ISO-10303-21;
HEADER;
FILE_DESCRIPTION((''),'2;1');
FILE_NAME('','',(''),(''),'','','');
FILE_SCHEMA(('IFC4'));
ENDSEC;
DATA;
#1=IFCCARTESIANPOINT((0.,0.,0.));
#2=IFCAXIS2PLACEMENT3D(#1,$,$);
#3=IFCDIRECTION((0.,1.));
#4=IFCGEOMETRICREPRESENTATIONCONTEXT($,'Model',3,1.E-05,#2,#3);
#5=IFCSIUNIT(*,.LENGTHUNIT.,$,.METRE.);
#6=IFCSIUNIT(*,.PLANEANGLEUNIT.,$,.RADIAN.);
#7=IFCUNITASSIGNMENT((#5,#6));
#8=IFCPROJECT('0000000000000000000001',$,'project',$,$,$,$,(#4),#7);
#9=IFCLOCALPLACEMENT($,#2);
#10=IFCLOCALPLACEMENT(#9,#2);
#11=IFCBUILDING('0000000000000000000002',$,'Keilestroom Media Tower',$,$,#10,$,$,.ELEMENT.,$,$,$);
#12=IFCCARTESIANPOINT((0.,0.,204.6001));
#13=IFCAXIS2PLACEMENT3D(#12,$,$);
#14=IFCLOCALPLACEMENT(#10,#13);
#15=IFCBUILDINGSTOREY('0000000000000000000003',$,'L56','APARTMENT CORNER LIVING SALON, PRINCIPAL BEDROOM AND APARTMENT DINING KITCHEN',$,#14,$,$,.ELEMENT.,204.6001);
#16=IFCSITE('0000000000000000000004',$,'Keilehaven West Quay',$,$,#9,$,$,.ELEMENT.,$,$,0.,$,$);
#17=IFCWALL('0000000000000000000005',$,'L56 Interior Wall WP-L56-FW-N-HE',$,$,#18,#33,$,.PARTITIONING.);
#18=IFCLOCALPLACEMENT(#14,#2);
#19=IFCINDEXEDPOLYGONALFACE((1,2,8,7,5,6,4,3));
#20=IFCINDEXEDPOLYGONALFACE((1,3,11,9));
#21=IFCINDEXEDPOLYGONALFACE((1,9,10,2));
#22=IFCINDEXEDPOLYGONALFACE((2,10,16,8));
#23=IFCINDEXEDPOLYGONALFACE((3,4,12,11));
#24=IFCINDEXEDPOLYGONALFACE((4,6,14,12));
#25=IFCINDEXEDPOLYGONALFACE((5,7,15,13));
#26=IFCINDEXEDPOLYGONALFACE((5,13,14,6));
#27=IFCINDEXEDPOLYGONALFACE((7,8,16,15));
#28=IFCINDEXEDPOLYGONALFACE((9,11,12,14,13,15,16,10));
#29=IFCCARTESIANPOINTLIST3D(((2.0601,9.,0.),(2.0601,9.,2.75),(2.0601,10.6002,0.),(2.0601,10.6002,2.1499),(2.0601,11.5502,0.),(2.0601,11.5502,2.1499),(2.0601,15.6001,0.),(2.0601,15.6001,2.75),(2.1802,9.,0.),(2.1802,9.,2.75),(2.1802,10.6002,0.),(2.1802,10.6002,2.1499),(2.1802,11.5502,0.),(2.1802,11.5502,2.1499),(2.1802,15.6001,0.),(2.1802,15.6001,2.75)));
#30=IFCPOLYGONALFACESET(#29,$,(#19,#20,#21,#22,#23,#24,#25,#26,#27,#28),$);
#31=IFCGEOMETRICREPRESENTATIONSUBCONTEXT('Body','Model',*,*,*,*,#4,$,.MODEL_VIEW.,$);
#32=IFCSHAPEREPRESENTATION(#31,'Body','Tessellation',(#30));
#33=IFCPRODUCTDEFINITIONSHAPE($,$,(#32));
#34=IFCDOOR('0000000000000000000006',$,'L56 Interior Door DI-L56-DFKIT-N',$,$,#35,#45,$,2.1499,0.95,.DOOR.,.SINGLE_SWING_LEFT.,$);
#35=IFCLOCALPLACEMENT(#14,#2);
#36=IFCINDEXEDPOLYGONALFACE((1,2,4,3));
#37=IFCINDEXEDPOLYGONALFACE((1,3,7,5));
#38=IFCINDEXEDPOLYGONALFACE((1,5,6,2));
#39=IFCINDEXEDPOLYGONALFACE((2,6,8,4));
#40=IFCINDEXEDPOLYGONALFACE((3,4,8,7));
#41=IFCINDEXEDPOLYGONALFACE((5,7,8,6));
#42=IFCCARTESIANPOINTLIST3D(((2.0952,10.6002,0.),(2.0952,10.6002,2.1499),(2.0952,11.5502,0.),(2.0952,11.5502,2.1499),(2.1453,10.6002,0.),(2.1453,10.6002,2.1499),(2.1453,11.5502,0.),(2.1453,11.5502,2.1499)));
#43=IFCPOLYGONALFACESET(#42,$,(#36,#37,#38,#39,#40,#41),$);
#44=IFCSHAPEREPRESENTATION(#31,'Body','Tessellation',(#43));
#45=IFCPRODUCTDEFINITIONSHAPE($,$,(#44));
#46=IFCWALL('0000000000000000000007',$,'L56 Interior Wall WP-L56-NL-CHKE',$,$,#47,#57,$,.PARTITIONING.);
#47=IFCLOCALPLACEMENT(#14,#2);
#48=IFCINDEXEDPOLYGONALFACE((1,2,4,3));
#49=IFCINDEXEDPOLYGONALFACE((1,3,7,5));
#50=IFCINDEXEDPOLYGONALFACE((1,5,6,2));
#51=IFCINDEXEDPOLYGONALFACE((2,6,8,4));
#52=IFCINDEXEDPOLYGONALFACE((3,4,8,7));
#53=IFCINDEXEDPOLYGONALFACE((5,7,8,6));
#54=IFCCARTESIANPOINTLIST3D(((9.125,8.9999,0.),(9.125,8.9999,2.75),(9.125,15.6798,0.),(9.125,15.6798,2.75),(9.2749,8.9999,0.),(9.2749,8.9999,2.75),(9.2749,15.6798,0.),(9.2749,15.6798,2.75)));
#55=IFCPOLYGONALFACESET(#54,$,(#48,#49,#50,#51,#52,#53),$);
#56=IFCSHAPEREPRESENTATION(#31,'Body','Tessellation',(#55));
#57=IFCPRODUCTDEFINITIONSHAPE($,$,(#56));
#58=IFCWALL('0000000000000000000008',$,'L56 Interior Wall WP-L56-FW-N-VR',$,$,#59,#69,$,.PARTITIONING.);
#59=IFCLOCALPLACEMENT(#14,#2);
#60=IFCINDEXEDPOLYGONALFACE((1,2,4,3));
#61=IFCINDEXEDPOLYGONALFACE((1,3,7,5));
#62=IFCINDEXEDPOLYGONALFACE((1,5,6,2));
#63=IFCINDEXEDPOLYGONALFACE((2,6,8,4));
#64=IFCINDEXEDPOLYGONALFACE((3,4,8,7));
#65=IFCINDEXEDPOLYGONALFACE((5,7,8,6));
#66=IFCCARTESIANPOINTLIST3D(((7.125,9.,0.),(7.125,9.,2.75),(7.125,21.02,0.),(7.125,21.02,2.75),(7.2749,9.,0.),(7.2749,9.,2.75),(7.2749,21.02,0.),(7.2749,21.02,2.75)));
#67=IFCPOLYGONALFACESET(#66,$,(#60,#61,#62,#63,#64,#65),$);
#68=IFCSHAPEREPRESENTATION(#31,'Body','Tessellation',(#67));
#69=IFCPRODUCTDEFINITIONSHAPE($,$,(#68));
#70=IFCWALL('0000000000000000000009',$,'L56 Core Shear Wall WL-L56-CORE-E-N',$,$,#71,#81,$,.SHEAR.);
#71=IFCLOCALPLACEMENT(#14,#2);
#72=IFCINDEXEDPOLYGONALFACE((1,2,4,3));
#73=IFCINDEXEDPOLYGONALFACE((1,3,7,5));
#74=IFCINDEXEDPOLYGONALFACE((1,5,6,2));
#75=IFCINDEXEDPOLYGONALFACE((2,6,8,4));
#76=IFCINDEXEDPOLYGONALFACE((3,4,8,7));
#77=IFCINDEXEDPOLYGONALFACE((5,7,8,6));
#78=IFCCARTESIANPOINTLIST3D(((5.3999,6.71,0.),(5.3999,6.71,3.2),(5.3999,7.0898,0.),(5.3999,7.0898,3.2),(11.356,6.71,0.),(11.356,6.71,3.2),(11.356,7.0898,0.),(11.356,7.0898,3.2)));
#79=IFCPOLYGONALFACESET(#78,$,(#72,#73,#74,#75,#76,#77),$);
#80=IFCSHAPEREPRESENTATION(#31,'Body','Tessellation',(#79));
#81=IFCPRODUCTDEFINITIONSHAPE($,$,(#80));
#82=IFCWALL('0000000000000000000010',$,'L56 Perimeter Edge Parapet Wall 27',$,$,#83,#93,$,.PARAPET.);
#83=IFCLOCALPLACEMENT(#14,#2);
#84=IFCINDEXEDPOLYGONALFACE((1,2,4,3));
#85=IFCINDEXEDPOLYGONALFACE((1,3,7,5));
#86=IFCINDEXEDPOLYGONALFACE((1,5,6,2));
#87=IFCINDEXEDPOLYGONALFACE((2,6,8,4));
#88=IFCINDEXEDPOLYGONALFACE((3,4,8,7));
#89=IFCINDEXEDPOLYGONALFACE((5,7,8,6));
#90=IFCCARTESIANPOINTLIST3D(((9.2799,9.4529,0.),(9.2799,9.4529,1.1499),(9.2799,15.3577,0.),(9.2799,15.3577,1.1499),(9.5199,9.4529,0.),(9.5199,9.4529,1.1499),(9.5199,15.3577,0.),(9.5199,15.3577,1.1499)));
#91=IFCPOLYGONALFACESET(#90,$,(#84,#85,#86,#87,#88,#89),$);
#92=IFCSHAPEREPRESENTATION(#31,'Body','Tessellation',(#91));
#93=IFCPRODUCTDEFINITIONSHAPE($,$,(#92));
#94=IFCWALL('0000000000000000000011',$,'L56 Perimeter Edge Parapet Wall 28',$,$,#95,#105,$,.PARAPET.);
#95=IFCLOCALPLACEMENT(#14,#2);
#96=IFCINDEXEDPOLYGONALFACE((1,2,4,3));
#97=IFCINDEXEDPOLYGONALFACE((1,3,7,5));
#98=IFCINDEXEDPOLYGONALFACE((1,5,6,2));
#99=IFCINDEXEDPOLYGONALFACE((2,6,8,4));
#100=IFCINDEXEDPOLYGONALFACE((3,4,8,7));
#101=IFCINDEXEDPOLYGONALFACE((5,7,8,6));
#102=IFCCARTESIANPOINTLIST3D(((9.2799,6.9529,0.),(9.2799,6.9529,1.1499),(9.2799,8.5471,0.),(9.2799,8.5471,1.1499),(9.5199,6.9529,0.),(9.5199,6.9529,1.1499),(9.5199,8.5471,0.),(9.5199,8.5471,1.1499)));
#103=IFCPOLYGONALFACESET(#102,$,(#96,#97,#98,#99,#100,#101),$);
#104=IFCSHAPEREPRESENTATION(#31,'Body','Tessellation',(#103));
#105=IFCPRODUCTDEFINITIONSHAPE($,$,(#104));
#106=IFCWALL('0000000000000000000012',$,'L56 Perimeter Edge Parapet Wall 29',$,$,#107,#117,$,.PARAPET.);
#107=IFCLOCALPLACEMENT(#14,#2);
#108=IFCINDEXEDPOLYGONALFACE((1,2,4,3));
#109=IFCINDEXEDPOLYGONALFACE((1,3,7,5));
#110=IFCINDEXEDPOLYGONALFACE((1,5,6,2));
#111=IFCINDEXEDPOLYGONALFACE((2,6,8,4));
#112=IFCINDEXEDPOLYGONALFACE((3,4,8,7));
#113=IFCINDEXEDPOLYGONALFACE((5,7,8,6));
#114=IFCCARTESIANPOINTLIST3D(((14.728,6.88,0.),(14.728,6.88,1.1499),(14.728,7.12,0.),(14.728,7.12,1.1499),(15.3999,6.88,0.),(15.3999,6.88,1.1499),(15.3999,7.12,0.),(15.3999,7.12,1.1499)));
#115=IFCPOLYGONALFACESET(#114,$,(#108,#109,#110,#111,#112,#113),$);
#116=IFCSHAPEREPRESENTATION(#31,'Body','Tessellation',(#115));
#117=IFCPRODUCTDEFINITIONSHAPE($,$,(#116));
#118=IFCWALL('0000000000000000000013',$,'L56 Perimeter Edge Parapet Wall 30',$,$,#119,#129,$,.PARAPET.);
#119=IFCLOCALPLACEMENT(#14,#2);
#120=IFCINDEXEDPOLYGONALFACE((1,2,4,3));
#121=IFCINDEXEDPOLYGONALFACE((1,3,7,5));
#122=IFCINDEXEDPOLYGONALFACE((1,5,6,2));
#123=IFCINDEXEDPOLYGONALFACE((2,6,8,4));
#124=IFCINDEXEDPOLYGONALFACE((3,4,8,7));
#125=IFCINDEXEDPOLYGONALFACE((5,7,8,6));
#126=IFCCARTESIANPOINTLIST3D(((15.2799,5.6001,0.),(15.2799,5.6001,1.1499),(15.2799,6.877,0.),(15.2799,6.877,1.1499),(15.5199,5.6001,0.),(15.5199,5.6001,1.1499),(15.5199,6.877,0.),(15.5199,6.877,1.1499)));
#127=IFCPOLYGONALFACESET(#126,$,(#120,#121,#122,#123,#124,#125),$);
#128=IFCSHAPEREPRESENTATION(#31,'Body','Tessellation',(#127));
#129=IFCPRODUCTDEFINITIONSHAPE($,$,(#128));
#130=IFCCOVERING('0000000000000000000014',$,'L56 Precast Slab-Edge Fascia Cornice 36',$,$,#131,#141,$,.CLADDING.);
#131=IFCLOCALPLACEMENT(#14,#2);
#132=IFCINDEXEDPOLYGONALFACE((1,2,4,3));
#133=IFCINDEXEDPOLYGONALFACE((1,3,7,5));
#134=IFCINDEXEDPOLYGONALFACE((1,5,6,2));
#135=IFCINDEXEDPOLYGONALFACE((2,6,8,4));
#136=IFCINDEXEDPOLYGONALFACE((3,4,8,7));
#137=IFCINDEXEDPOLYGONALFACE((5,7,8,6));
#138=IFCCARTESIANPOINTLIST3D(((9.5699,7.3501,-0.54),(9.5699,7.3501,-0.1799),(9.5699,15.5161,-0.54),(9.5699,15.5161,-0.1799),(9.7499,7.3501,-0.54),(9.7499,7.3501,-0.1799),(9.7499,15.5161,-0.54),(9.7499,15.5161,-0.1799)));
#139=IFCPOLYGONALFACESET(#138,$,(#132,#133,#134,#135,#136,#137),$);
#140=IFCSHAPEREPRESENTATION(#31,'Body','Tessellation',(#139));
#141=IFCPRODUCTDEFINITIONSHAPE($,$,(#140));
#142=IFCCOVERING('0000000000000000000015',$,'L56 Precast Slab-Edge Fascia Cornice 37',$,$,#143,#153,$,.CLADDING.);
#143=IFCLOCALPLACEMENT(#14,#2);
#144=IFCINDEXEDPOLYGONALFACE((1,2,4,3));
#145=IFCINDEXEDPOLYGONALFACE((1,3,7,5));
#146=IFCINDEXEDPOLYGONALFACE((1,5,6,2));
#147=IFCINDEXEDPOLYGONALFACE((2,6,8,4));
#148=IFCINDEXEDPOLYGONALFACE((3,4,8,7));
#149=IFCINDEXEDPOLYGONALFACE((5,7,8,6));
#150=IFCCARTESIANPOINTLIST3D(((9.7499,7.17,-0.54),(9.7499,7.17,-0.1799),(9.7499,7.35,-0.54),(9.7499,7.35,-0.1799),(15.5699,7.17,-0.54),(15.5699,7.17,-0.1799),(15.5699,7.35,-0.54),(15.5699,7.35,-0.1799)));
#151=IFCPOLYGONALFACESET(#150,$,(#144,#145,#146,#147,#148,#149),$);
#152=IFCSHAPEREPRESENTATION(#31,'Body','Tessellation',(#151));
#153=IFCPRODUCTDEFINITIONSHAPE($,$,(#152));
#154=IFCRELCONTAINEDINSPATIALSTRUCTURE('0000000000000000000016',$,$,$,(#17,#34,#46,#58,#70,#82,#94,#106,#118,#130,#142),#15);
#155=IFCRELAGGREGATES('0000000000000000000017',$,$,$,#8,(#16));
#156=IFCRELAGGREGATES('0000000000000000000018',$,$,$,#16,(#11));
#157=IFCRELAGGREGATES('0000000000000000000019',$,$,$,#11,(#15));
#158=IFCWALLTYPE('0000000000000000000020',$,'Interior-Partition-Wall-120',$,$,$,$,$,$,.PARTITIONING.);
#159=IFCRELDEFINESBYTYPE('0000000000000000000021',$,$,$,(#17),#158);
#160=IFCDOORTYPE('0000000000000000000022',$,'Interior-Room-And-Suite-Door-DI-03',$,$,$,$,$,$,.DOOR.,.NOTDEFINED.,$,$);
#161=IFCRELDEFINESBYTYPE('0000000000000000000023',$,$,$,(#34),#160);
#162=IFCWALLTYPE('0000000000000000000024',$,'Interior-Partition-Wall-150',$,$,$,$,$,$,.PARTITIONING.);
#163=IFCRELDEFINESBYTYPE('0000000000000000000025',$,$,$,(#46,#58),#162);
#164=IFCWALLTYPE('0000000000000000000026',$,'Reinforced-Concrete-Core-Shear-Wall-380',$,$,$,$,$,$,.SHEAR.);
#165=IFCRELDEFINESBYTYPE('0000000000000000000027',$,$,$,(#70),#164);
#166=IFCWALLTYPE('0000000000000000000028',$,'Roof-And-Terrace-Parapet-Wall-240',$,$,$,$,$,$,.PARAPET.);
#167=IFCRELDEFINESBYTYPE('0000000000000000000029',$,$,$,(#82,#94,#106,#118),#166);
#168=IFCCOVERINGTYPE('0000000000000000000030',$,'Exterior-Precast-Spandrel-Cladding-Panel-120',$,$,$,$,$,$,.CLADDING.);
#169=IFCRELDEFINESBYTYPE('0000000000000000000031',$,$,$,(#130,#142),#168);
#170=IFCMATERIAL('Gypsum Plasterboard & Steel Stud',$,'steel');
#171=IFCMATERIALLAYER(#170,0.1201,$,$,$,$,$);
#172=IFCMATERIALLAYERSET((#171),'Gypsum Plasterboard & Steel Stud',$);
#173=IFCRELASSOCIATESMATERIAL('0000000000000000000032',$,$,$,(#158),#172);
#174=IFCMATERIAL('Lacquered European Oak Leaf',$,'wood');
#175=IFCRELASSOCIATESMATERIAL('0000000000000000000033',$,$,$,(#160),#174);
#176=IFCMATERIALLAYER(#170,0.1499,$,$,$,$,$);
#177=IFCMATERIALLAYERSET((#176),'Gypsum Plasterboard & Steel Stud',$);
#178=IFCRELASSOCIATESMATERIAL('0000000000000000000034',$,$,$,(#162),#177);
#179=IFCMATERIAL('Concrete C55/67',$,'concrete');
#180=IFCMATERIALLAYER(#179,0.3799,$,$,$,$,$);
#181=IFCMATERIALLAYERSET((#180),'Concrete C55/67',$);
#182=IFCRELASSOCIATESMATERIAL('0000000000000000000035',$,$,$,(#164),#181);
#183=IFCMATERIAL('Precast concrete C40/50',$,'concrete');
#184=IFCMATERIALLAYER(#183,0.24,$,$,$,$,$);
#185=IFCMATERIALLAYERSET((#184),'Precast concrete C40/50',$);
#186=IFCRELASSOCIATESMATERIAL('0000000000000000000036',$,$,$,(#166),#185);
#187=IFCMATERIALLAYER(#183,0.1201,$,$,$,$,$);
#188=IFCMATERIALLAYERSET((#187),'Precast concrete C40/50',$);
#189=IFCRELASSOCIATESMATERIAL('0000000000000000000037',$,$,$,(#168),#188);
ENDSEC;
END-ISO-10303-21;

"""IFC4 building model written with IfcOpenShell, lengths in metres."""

from ifc_helpers import new_model, si_unit, direction, frame, frame_2d, origin, origin_2d, place, context, subcontext, project, spatial, rectangle, extrude, source, transform, mapped, material, layer, layer_set, type_object, element, fill, save


model = new_model("IFC4")

# Units and contexts
model_context = context("Model", 3, precision=1e-05, world=origin(), true_north=direction((0.0, 1.0)))
body_context = subcontext(model_context, "Body", "Model", "MODEL_VIEW")
ifc_project = project(units=[si_unit("LENGTHUNIT", "METRE"), si_unit("PLANEANGLEUNIT", "RADIAN")], contexts=[model_context])

# Site, building, storey
site_placement = place(None, origin())
site = spatial("IfcSite", under=ifc_project, at=site_placement, Name="Keilehaven West Quay", CompositionType="ELEMENT", RefElevation=0.0)
building_placement = place(site_placement, origin())
building = spatial("IfcBuilding", under=site, at=building_placement, Name="Keilestroom Media Tower", CompositionType="ELEMENT")
storey_placement = place(building_placement, frame((0.0, 0.0, 204.6001)))
storey = spatial("IfcBuildingStorey", under=building, at=storey_placement, Name="L56", Description="APARTMENT CORNER LIVING SALON, PRINCIPAL BEDROOM AND APARTMENT DINING KITCHEN", CompositionType="ELEMENT", Elevation=204.6001)

# Shared definitions
ifc_material_1 = material(Name="Precast concrete C40/50", Category="concrete")
ifc_material_2 = material(Name="Concrete C55/67", Category="concrete")

# Wall, opening, door
ifc_material_3 = material(Name="Gypsum Plasterboard & Steel Stud", Category="steel")
ifc_layer_1 = layer(ifc_material_3, 0.1201)
ifc_layer_set_1 = layer_set([ifc_layer_1], Name="Gypsum Plasterboard & Steel Stud")
wall_type_1 = type_object("IfcWallType", Name="Interior-Partition-Wall-120", PredefinedType="PARTITIONING", material=ifc_layer_set_1)
wall_1_placement = place(storey_placement, frame((2.1201, 9.0, 0.0), z_axis=(0.0, 0.0, 1.0), x_axis=(0.0, 1.0, 0.0)))
wall_1 = element("IfcWall", 1, at=wall_1_placement, inside=storey, type_object=wall_type_1, Name="L56 Interior Wall WP-L56-FW-N-HE", PredefinedType="PARTITIONING", context=body_context, shape_type="SweptSolid", body=[
    extrude(rectangle(XDim=6.6001, YDim=0.1201, at=frame_2d((3.3, 0.0))), origin(), (0.0, 0.0, 1.0), 2.75),
])
opening_placement = place(wall_1_placement, frame((1.6001, 0.0, 0.0)))
opening = element("IfcOpeningElement", 2, at=opening_placement, cuts=wall_1, PredefinedType="OPENING", context=body_context, shape_type="SweptSolid", body=[
    extrude(rectangle(XDim=0.95, YDim=2.1499, at=frame_2d((0.4751, 1.075))), frame((0.0, 0.0701, 0.0), z_axis=(0.0, -1.0, 0.0), x_axis=(1.0, 0.0, 0.0)), (0.0, 0.0, 1.0), 0.1401),
])
ifc_material_4 = material(Name="Lacquered European Oak Leaf", Category="wood")
door_type = type_object("IfcDoorType", Name="Interior-Room-And-Suite-Door-DI-03", OperationType="NOTDEFINED", PredefinedType="DOOR", material=ifc_material_4)
shared_shape_1 = source(origin(), body_context, "Body", "SweptSolid", [
    extrude(rectangle(XDim=0.95, YDim=2.1499, at=frame_2d((0.4751, 1.075))), frame((0.0, 0.0249, 0.0), z_axis=(0.0, -1.0, 0.0), x_axis=(1.0, 0.0, 0.0)), (0.0, 0.0, 1.0), 0.05),
])
door_placement = place(opening_placement, origin())
door = element("IfcDoor", 3, at=door_placement, inside=storey, type_object=door_type, Name="L56 Interior Door DI-L56-DFKIT-N", OperationType="SINGLE_SWING_LEFT", OverallHeight=2.1499, OverallWidth=0.95, PredefinedType="DOOR", context=body_context, shape_type="MappedRepresentation", body=[
    mapped(shared_shape_1, transform((0.0, 0.0, 0.0), x_axis=(1.0, 0.0, 0.0), y_axis=(0.0, 1.0, 0.0), z_axis=(0.0, 0.0, 1.0), scale=1.0)),
])
fill(opening, door)

# Walls
ifc_layer_2 = layer(ifc_material_3, 0.1499)
ifc_layer_set_2 = layer_set([ifc_layer_2], Name="Gypsum Plasterboard & Steel Stud")
wall_type_2 = type_object("IfcWallType", Name="Interior-Partition-Wall-150", PredefinedType="PARTITIONING", material=ifc_layer_set_2)
wall_2_placement = place(storey_placement, frame((9.2, 9.0, 0.0), z_axis=(0.0, 0.0, 1.0), x_axis=(0.0, 1.0, 0.0)))
element("IfcWall", 4, at=wall_2_placement, inside=storey, type_object=wall_type_2, Name="L56 Interior Wall WP-L56-NL-CHKE", PredefinedType="PARTITIONING", context=body_context, shape_type="SweptSolid", body=[
    extrude(rectangle(XDim=6.6799, YDim=0.1499, at=frame_2d((3.3398, 0.0))), origin(), (0.0, 0.0, 1.0), 2.75),
])
wall_3_placement = place(storey_placement, frame((7.2, 9.0, 0.0), z_axis=(0.0, 0.0, 1.0), x_axis=(0.0, 1.0, 0.0)))
element("IfcWall", 5, at=wall_3_placement, inside=storey, type_object=wall_type_2, Name="L56 Interior Wall WP-L56-FW-N-VR", PredefinedType="PARTITIONING", context=body_context, shape_type="SweptSolid", body=[
    extrude(rectangle(XDim=12.02, YDim=0.1499, at=frame_2d((6.01, 0.0))), origin(), (0.0, 0.0, 1.0), 2.75),
])
ifc_layer_3 = layer(ifc_material_2, 0.3799)
ifc_layer_set_3 = layer_set([ifc_layer_3], Name="Concrete C55/67")
wall_type_3 = type_object("IfcWallType", Name="Reinforced-Concrete-Core-Shear-Wall-380", PredefinedType="SHEAR", material=ifc_layer_set_3)
wall_4_placement = place(storey_placement, frame((5.3999, 6.8999, 0.0), z_axis=(0.0, 0.0, 1.0), x_axis=(1.0, 0.0, 0.0)))
element("IfcWall", 6, at=wall_4_placement, inside=storey, type_object=wall_type_3, Name="L56 Core Shear Wall WL-L56-CORE-E-N", PredefinedType="SHEAR", context=body_context, shape_type="SweptSolid", body=[
    extrude(rectangle(XDim=5.9561, YDim=0.3799, at=frame_2d((2.978, 0.0))), origin(), (0.0, 0.0, 1.0), 3.2),
])
ifc_layer_4 = layer(ifc_material_1, 0.24)
ifc_layer_set_4 = layer_set([ifc_layer_4], Name="Precast concrete C40/50")
wall_type_4 = type_object("IfcWallType", Name="Roof-And-Terrace-Parapet-Wall-240", PredefinedType="PARAPET", material=ifc_layer_set_4)
wall_5_placement = place(storey_placement, frame((9.3999, 15.3577, 0.0), z_axis=(0.0, 0.0, 1.0), x_axis=(0.0, -1.0, 0.0)))
element("IfcWall", 7, at=wall_5_placement, inside=storey, type_object=wall_type_4, Name="L56 Perimeter Edge Parapet Wall 27", PredefinedType="PARAPET", context=body_context, shape_type="SweptSolid", body=[
    extrude(rectangle(XDim=5.9048, YDim=0.24, at=frame_2d((2.9524, 0.0))), origin(), (0.0, 0.0, 1.0), 1.1499),
])
wall_6_placement = place(storey_placement, frame((9.3999, 8.5471, 0.0), z_axis=(0.0, 0.0, 1.0), x_axis=(0.0, -1.0, 0.0)))
element("IfcWall", 8, at=wall_6_placement, inside=storey, type_object=wall_type_4, Name="L56 Perimeter Edge Parapet Wall 28", PredefinedType="PARAPET", context=body_context, shape_type="SweptSolid", body=[
    extrude(rectangle(XDim=1.5942, YDim=0.24, at=frame_2d((0.7971, 0.0))), origin(), (0.0, 0.0, 1.0), 1.1499),
])
wall_7_placement = place(storey_placement, frame((14.728, 7.0, 0.0), z_axis=(0.0, 0.0, 1.0), x_axis=(1.0, 0.0, 0.0)))
element("IfcWall", 9, at=wall_7_placement, inside=storey, type_object=wall_type_4, Name="L56 Perimeter Edge Parapet Wall 29", PredefinedType="PARAPET", context=body_context, shape_type="SweptSolid", body=[
    extrude(rectangle(XDim=0.6719, YDim=0.24, at=frame_2d((0.3359, 0.0))), origin(), (0.0, 0.0, 1.0), 1.1499),
])
wall_8_placement = place(storey_placement, frame((15.3999, 6.877, 0.0), z_axis=(0.0, 0.0, 1.0), x_axis=(0.0, -1.0, 0.0)))
element("IfcWall", 10, at=wall_8_placement, inside=storey, type_object=wall_type_4, Name="L56 Perimeter Edge Parapet Wall 30", PredefinedType="PARAPET", context=body_context, shape_type="SweptSolid", body=[
    extrude(rectangle(XDim=1.2769, YDim=0.24, at=frame_2d((0.6384, 0.0))), origin(), (0.0, 0.0, 1.0), 1.1499),
])

# Coverings
ifc_layer_5 = layer(ifc_material_1, 0.1201)
ifc_layer_set_5 = layer_set([ifc_layer_5], Name="Precast concrete C40/50")
covering_type = type_object("IfcCoveringType", Name="Exterior-Precast-Spandrel-Cladding-Panel-120", PredefinedType="CLADDING", material=ifc_layer_set_5)
shared_shape_2 = source(origin(), body_context, "Body", "SweptSolid", [
    extrude(rectangle(XDim=8.166, YDim=0.1799, at=origin_2d()), origin(), (0.0, 0.0, 1.0), 0.3601),
])
covering_1_placement = place(storey_placement, frame((9.6599, 11.4331, -0.54), z_axis=(0.0, 0.0, 1.0), x_axis=(0.0, -1.0, 0.0)))
element("IfcCovering", 11, at=covering_1_placement, inside=storey, type_object=covering_type, Name="L56 Precast Slab-Edge Fascia Cornice 36", PredefinedType="CLADDING", context=body_context, shape_type="MappedRepresentation", body=[
    mapped(shared_shape_2, transform((0.0, 0.0, 0.0), x_axis=(1.0, 0.0, 0.0), y_axis=(0.0, 1.0, 0.0), z_axis=(0.0, 0.0, 1.0), scale=1.0)),
])
shared_shape_3 = source(origin(), body_context, "Body", "SweptSolid", [
    extrude(rectangle(XDim=5.8201, YDim=0.1799, at=origin_2d()), origin(), (0.0, 0.0, 1.0), 0.3601),
])
covering_2_placement = place(storey_placement, frame((12.6599, 7.26, -0.54), z_axis=(0.0, 0.0, 1.0), x_axis=(1.0, 0.0, 0.0)))
element("IfcCovering", 12, at=covering_2_placement, inside=storey, type_object=covering_type, Name="L56 Precast Slab-Edge Fascia Cornice 37", PredefinedType="CLADDING", context=body_context, shape_type="MappedRepresentation", body=[
    mapped(shared_shape_3, transform((0.0, 0.0, 0.0), x_axis=(1.0, 0.0, 0.0), y_axis=(0.0, 1.0, 0.0), z_axis=(0.0, 0.0, 1.0), scale=1.0)),
])

save(model, "model.ifc")
